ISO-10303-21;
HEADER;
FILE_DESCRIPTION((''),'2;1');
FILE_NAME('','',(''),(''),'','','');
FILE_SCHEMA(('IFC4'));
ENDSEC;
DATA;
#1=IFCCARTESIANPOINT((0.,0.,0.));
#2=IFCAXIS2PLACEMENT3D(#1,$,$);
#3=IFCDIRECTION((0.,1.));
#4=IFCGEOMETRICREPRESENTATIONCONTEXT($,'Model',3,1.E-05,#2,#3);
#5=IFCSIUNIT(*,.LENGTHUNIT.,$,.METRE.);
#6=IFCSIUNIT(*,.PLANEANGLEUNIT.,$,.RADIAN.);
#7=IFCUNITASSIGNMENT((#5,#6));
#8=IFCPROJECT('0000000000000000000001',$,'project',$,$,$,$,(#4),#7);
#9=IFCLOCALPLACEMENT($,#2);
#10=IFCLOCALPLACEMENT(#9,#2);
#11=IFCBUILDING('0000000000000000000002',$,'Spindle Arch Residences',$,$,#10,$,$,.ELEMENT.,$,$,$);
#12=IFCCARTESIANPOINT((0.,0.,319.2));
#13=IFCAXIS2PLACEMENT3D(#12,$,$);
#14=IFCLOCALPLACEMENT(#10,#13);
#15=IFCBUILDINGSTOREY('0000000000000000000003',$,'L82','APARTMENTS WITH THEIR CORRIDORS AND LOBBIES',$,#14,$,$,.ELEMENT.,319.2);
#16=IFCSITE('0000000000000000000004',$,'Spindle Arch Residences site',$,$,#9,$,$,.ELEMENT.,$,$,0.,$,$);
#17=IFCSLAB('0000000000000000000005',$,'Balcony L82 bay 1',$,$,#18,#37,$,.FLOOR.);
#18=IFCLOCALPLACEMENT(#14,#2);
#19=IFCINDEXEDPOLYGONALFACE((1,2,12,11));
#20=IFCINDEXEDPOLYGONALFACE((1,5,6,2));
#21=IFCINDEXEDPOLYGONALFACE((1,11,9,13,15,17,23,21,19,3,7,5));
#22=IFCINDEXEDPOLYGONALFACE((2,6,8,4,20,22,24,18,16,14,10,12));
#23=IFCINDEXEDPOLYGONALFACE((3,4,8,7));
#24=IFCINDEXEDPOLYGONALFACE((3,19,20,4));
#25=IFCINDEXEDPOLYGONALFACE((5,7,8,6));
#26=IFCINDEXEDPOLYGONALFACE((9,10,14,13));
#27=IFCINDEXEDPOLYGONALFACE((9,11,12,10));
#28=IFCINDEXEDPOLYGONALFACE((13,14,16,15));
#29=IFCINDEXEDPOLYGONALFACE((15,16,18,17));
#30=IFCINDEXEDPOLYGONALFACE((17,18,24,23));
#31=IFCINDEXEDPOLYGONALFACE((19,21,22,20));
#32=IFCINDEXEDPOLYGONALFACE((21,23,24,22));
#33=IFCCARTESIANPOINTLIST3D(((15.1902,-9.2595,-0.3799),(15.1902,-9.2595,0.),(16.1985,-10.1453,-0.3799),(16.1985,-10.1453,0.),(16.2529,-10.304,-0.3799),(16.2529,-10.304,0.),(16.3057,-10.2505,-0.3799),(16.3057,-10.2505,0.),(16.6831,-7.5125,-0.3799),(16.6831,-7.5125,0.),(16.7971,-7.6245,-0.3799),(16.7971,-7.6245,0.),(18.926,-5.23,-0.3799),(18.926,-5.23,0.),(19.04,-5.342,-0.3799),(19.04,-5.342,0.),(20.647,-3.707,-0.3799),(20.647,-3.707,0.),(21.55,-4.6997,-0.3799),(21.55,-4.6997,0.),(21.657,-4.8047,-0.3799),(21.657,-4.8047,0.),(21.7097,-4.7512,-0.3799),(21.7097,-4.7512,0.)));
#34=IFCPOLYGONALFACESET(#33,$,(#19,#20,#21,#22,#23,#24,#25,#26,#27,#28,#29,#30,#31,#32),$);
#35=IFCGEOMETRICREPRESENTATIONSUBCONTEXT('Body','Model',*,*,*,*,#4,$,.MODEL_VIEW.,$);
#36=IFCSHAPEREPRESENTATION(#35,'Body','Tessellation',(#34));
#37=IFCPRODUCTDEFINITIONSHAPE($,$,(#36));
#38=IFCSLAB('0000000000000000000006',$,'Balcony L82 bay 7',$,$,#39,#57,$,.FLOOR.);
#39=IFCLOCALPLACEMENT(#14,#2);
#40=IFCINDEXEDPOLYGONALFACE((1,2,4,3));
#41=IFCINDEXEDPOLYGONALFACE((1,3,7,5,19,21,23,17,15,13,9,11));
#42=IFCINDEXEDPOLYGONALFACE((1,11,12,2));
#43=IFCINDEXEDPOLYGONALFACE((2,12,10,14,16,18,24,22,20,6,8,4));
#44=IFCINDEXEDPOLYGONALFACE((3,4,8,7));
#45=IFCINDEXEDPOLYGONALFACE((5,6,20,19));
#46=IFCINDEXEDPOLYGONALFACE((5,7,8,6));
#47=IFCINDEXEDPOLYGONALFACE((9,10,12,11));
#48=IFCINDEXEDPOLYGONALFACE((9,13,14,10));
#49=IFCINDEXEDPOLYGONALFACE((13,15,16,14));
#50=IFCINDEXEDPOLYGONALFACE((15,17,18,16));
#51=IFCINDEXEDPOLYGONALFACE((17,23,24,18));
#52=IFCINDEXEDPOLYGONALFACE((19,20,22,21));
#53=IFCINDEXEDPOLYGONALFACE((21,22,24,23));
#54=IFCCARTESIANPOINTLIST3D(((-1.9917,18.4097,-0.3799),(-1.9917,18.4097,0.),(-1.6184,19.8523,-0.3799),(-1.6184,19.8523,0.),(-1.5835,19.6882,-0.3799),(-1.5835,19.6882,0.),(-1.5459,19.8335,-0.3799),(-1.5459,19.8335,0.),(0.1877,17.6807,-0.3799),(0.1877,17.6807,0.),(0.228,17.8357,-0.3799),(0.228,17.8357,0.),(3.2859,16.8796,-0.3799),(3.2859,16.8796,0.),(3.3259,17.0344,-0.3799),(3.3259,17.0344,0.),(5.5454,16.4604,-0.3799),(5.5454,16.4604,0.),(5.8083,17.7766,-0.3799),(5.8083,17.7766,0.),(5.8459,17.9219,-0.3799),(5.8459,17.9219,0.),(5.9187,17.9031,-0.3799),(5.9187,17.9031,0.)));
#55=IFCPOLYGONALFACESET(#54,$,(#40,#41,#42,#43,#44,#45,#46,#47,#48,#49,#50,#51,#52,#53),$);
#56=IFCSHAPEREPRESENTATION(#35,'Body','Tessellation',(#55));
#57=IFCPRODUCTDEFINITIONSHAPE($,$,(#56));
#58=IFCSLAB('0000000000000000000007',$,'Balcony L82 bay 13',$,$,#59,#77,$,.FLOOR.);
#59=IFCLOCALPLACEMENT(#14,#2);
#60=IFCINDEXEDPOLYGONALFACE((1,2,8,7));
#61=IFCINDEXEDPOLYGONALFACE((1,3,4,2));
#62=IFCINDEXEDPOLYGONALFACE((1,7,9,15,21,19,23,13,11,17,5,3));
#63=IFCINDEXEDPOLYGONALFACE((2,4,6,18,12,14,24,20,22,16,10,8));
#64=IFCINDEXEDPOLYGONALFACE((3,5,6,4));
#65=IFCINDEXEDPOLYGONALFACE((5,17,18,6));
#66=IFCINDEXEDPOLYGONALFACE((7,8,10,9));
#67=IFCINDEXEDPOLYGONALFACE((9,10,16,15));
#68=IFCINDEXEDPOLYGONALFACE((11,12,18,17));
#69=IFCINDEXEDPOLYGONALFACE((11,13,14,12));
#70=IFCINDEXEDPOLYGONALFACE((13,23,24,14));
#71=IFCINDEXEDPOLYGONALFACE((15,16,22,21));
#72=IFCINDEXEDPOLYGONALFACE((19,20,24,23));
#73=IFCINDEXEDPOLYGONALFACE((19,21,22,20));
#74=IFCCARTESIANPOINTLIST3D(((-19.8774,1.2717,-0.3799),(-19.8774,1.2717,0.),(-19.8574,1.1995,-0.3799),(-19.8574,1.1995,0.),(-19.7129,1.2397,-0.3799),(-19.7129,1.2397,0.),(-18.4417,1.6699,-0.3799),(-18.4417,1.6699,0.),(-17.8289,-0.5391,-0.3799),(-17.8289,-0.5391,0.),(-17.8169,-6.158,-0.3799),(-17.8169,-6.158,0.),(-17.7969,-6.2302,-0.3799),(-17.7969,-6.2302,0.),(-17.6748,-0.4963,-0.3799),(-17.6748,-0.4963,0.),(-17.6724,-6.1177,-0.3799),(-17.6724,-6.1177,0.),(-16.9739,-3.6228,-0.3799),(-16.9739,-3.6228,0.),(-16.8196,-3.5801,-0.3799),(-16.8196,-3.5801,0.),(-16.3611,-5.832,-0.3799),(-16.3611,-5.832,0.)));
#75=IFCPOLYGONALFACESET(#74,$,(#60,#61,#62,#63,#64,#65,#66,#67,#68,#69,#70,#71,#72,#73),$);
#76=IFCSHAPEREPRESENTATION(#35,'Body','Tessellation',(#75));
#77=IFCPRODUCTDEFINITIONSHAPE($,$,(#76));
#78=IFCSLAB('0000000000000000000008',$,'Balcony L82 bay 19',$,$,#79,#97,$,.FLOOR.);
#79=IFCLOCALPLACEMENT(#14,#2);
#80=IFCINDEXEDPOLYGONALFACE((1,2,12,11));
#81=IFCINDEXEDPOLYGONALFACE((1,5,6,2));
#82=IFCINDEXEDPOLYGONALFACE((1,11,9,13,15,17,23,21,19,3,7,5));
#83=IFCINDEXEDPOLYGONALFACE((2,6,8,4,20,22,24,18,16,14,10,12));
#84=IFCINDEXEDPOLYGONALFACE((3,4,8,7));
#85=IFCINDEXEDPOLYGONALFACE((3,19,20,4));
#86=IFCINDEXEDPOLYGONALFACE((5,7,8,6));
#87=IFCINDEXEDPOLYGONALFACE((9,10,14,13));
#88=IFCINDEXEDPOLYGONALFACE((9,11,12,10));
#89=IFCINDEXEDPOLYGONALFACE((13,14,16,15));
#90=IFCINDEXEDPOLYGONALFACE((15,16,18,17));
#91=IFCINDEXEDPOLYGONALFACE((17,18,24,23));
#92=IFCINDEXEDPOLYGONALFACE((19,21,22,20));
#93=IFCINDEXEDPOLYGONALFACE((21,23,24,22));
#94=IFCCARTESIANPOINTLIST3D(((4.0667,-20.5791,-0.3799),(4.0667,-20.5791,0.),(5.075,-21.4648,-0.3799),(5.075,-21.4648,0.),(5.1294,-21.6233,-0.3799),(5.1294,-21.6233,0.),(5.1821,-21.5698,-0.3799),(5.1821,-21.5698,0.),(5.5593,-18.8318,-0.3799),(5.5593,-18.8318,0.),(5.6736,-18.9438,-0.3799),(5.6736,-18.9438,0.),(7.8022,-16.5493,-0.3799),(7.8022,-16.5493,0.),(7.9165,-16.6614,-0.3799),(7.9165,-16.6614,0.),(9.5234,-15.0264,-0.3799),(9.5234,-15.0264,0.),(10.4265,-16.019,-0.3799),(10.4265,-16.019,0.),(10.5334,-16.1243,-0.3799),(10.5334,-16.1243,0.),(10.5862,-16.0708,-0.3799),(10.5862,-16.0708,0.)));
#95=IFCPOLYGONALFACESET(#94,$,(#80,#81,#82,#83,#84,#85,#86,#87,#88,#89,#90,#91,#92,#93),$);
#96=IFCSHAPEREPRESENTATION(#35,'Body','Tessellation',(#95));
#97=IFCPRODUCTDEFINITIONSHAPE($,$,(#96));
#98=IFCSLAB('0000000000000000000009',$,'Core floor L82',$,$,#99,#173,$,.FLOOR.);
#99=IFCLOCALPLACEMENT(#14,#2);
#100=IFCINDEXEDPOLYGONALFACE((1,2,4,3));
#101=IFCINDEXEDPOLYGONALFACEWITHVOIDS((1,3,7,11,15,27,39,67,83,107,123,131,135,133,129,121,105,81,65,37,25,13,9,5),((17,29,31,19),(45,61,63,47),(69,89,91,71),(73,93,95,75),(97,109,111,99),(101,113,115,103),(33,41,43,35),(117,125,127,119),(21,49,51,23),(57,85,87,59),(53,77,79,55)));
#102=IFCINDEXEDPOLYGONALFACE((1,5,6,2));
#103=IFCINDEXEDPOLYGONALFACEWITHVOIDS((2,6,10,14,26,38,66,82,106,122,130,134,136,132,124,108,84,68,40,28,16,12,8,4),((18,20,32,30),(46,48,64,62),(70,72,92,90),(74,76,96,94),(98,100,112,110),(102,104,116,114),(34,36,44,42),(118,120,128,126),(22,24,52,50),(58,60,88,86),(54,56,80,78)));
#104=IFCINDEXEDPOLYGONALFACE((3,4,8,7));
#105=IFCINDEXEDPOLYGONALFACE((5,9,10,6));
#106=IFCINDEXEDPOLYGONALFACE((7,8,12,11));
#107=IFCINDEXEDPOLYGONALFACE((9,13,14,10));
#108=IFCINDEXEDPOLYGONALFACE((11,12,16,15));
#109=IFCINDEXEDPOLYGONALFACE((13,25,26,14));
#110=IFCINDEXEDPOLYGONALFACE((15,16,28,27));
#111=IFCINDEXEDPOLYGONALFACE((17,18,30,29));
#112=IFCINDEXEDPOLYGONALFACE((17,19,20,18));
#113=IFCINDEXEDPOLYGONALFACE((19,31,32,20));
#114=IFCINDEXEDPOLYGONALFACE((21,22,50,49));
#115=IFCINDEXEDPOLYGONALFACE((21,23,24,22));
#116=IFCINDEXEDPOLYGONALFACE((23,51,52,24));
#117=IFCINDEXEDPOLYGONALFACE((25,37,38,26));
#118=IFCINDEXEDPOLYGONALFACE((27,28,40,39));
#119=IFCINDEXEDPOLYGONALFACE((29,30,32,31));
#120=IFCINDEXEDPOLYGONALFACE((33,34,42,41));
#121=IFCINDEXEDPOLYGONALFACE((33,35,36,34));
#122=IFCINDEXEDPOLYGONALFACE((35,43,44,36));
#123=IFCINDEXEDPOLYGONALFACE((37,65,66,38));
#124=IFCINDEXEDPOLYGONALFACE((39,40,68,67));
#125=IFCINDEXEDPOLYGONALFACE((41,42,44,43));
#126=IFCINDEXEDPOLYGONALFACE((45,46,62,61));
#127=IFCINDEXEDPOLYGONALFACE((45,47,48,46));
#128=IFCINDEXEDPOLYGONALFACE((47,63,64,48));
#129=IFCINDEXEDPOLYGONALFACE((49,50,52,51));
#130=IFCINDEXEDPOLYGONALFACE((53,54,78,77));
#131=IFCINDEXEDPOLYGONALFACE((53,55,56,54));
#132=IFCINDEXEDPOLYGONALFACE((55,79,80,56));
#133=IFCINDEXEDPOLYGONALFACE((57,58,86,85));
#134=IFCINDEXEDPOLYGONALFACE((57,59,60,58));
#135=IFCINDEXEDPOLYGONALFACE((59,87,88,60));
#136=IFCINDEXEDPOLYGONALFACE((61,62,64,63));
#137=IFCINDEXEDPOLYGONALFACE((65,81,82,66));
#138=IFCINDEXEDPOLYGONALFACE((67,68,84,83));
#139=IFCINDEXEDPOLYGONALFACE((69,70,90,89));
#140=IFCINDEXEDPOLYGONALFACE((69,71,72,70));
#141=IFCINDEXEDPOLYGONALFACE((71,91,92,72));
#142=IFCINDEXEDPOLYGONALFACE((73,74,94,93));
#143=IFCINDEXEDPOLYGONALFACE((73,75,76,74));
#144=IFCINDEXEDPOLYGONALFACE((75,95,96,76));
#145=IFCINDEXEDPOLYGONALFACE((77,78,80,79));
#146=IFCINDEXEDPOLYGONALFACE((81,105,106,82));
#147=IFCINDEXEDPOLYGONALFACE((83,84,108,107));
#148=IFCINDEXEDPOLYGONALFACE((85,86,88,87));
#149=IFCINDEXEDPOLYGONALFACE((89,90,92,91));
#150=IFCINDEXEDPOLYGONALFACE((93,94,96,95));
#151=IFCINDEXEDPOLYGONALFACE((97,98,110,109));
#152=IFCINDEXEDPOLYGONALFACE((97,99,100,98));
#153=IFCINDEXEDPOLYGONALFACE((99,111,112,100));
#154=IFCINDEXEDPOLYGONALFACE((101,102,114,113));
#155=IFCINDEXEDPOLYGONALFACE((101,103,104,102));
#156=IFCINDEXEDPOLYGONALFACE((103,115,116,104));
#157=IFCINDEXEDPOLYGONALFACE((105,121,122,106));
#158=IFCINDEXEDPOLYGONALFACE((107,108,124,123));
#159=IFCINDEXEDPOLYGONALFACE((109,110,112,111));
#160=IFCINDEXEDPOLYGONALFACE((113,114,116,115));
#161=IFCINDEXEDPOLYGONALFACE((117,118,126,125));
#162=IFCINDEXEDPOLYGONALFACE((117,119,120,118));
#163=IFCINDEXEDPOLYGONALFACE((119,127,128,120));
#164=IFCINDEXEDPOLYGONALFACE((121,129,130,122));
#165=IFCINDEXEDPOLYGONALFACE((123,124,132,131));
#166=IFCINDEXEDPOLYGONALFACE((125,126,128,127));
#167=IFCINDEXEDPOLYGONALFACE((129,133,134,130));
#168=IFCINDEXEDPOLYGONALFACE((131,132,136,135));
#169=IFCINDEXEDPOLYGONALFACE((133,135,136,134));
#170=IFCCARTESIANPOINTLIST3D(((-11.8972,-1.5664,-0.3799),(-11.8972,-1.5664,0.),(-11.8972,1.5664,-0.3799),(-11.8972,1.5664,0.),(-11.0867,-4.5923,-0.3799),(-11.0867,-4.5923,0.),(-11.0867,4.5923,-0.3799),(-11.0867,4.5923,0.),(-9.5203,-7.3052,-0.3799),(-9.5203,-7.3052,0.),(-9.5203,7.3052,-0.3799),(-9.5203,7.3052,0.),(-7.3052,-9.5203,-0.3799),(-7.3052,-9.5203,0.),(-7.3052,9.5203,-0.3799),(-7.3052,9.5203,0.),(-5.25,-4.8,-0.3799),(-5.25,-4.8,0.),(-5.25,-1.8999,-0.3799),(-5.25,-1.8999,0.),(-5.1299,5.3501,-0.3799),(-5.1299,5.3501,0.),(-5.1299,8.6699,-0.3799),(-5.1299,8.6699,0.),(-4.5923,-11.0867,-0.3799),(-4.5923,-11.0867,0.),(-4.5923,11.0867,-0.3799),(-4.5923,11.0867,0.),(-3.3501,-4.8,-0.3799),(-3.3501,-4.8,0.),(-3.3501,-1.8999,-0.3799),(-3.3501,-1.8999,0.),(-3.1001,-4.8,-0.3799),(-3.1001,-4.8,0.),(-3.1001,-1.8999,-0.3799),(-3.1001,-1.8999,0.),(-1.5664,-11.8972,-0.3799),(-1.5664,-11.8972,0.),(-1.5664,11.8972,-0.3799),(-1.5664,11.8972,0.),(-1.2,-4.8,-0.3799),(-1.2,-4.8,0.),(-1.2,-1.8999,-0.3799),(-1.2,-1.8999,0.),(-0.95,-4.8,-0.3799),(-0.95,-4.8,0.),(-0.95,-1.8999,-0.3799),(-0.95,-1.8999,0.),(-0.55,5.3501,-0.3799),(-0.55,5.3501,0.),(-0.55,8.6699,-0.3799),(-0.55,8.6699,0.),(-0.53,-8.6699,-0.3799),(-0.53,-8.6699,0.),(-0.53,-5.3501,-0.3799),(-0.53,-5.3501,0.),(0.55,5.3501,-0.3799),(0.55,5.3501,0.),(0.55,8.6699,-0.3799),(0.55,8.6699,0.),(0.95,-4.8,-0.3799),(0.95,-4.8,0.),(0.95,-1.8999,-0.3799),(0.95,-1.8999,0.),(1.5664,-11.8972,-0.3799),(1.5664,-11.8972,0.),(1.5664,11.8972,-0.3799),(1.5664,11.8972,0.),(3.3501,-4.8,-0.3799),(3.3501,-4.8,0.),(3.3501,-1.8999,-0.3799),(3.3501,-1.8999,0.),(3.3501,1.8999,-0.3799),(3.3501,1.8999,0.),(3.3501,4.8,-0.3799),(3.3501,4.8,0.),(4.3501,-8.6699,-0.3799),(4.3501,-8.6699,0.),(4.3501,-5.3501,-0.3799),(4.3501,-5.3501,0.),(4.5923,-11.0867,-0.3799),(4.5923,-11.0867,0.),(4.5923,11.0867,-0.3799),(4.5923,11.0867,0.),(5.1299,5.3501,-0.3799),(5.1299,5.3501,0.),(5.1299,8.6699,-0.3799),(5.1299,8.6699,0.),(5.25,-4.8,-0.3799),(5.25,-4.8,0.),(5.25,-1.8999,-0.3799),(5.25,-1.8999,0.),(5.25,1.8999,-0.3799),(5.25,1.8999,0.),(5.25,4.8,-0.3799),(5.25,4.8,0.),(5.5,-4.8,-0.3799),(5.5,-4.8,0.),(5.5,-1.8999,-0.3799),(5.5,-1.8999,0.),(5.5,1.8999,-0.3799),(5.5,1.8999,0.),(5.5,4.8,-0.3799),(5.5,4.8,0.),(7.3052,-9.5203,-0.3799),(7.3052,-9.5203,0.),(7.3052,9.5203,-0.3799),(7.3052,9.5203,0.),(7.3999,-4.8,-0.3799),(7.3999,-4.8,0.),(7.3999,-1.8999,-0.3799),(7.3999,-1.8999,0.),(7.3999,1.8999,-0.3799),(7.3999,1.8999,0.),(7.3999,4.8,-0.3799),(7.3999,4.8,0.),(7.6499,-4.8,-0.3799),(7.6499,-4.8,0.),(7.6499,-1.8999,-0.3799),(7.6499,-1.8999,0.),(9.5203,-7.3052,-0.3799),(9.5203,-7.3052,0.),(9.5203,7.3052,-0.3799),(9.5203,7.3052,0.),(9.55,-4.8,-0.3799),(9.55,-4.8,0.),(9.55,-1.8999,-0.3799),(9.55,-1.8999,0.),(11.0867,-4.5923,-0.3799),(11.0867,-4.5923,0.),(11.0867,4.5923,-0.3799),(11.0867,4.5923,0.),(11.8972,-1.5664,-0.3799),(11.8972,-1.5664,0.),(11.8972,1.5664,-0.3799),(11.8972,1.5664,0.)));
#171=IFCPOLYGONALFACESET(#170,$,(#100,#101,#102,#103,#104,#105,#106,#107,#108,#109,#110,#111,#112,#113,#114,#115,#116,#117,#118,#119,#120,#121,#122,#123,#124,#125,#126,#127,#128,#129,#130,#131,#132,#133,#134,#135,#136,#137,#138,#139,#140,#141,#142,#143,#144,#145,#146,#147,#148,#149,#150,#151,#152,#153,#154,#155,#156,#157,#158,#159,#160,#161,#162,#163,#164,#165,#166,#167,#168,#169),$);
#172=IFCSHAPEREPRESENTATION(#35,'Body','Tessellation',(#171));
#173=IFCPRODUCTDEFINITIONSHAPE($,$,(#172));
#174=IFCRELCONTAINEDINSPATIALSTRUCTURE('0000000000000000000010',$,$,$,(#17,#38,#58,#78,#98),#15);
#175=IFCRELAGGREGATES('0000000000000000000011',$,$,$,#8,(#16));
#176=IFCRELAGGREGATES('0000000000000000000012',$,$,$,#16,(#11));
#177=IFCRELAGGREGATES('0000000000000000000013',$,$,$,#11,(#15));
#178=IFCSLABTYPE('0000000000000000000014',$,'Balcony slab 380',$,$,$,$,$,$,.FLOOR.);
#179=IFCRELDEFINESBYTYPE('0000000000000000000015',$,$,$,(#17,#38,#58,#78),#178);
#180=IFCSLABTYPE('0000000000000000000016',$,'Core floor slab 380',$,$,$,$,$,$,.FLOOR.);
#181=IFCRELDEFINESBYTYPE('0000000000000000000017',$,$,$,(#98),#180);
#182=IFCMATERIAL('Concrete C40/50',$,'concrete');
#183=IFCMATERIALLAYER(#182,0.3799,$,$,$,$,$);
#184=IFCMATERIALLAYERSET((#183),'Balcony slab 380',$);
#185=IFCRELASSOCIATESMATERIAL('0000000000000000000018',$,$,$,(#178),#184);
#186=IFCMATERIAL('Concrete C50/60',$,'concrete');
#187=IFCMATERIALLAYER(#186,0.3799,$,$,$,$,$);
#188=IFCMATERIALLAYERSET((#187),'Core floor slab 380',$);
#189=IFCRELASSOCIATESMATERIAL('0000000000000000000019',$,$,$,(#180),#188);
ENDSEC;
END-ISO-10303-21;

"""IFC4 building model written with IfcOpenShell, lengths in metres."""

from ifc_helpers import new_model, si_unit, direction, frame, origin, place, context, subcontext, project, spatial, polyline, outline, extrude, material, layer, layer_set, type_object, element, save


model = new_model("IFC4")

# Units and contexts
model_context = context("Model", 3, precision=1e-05, world=origin(), true_north=direction((0.0, 1.0)))
body_context = subcontext(model_context, "Body", "Model", "MODEL_VIEW")
ifc_project = project(units=[si_unit("LENGTHUNIT", "METRE"), si_unit("PLANEANGLEUNIT", "RADIAN")], contexts=[model_context])

# Site, building, storey
site_placement = place(None, origin())
site = spatial("IfcSite", under=ifc_project, at=site_placement, Name="Spindle Arch Residences site", CompositionType="ELEMENT", RefElevation=0.0)
building_placement = place(site_placement, origin())
building = spatial("IfcBuilding", under=site, at=building_placement, Name="Spindle Arch Residences", CompositionType="ELEMENT")
storey_placement = place(building_placement, frame((0.0, 0.0, 319.2)))
storey = spatial("IfcBuildingStorey", under=building, at=storey_placement, Name="L82", Description="APARTMENTS WITH THEIR CORRIDORS AND LOBBIES", CompositionType="ELEMENT", Elevation=319.2)

# Slabs
ifc_material_1 = material(Name="Concrete C40/50", Category="concrete")
ifc_layer_1 = layer(ifc_material_1, 0.3799)
ifc_layer_set_1 = layer_set([ifc_layer_1], Name="Balcony slab 380")
slab_type_1 = type_object("IfcSlabType", Name="Balcony slab 380", PredefinedType="FLOOR", material=ifc_layer_set_1)
slab_1_placement = place(storey_placement, frame((0.0, 0.0, -0.3799)))
element("IfcSlab", 1, at=slab_1_placement, inside=storey, type_object=slab_type_1, Name="Balcony L82 bay 1", PredefinedType="FLOOR", context=body_context, shape_type="SweptSolid", body=[
    extrude(outline(polyline([(16.2529, -10.304), (16.3057, -10.2505), (16.1985, -10.1453), (21.55, -4.6997), (21.657, -4.8047), (21.7097, -4.7512), (20.647, -3.707), (19.04, -5.342), (18.926, -5.23), (16.6831, -7.5125), (16.7971, -7.6245), (15.1902, -9.2595), (16.2529, -10.304)])), origin(), (0.0, 0.0, 1.0), 0.3799),
])
slab_2_placement = place(storey_placement, frame((0.0, 0.0, -0.3799)))
element("IfcSlab", 2, at=slab_2_placement, inside=storey, type_object=slab_type_1, Name="Balcony L82 bay 7", PredefinedType="FLOOR", context=body_context, shape_type="SweptSolid", body=[
    extrude(outline(polyline([(5.9187, 17.9031), (5.8459, 17.9219), (5.8083, 17.7766), (-1.5835, 19.6882), (-1.5459, 19.8335), (-1.6184, 19.8523), (-1.9917, 18.4097), (0.228, 17.8357), (0.1877, 17.6807), (3.2859, 16.8796), (3.3259, 17.0344), (5.5454, 16.4604), (5.9187, 17.9031)])), origin(), (0.0, 0.0, 1.0), 0.3799),
])
slab_3_placement = place(storey_placement, frame((0.0, 0.0, -0.3799)))
element("IfcSlab", 3, at=slab_3_placement, inside=storey, type_object=slab_type_1, Name="Balcony L82 bay 13", PredefinedType="FLOOR", context=body_context, shape_type="SweptSolid", body=[
    extrude(outline(polyline([(-19.8774, 1.2717), (-19.8574, 1.1995), (-19.7129, 1.2397), (-17.6724, -6.1177), (-17.8169, -6.158), (-17.7969, -6.2302), (-16.3611, -5.832), (-16.9739, -3.6228), (-16.8196, -3.5801), (-17.6748, -0.4963), (-17.8289, -0.5391), (-18.4417, 1.6699), (-19.8774, 1.2717)])), origin(), (0.0, 0.0, 1.0), 0.3799),
])
slab_4_placement = place(storey_placement, frame((0.0, 0.0, -0.3799)))
element("IfcSlab", 4, at=slab_4_placement, inside=storey, type_object=slab_type_1, Name="Balcony L82 bay 19", PredefinedType="FLOOR", context=body_context, shape_type="SweptSolid", body=[
    extrude(outline(polyline([(5.1294, -21.6233), (5.1821, -21.5698), (5.075, -21.4648), (10.4265, -16.019), (10.5334, -16.1243), (10.5862, -16.0708), (9.5234, -15.0264), (7.9165, -16.6614), (7.8022, -16.5493), (5.5593, -18.8318), (5.6736, -18.9438), (4.0667, -20.5791), (5.1294, -21.6233)])), origin(), (0.0, 0.0, 1.0), 0.3799),
])
ifc_material_2 = material(Name="Concrete C50/60", Category="concrete")
ifc_layer_2 = layer(ifc_material_2, 0.3799)
ifc_layer_set_2 = layer_set([ifc_layer_2], Name="Core floor slab 380")
slab_type_2 = type_object("IfcSlabType", Name="Core floor slab 380", PredefinedType="FLOOR", material=ifc_layer_set_2)
slab_5_placement = place(storey_placement, frame((0.0, 0.0, -0.3799)))
element("IfcSlab", 5, at=slab_5_placement, inside=storey, type_object=slab_type_2, Name="Core floor L82", PredefinedType="FLOOR", context=body_context, shape_type="SweptSolid", body=[
    extrude(outline(polyline([(1.5664, -11.8972), (4.5923, -11.0867), (7.3052, -9.5203), (9.5203, -7.3052), (11.0867, -4.5923), (11.8972, -1.5664), (11.8972, 1.5664), (11.0867, 4.5923), (9.5203, 7.3052), (7.3052, 9.5203), (4.5923, 11.0867), (1.5664, 11.8972), (-1.5664, 11.8972), (-4.5923, 11.0867), (-7.3052, 9.5203), (-9.5203, 7.3052), (-11.0867, 4.5923), (-11.8972, 1.5664), (-11.8972, -1.5664), (-11.0867, -4.5923), (-9.5203, -7.3052), (-7.3052, -9.5203), (-4.5923, -11.0867), (-1.5664, -11.8972), (1.5664, -11.8972)]), holes=[polyline([(3.3501, 1.8999), (5.25, 1.8999), (5.25, 4.8), (3.3501, 4.8), (3.3501, 1.8999)]), polyline([(5.5, 1.8999), (7.3999, 1.8999), (7.3999, 4.8), (5.5, 4.8), (5.5, 1.8999)]), polyline([(-5.25, -4.8), (-3.3501, -4.8), (-3.3501, -1.8999), (-5.25, -1.8999), (-5.25, -4.8)]), polyline([(-3.1001, -4.8), (-1.2, -4.8), (-1.2, -1.8999), (-3.1001, -1.8999), (-3.1001, -4.8)]), polyline([(-0.95, -4.8), (0.95, -4.8), (0.95, -1.8999), (-0.95, -1.8999), (-0.95, -4.8)]), polyline([(3.3501, -4.8), (5.25, -4.8), (5.25, -1.8999), (3.3501, -1.8999), (3.3501, -4.8)]), polyline([(5.5, -4.8), (7.3999, -4.8), (7.3999, -1.8999), (5.5, -1.8999), (5.5, -4.8)]), polyline([(7.6499, -4.8), (9.55, -4.8), (9.55, -1.8999), (7.6499, -1.8999), (7.6499, -4.8)]), polyline([(5.1299, 8.6699), (0.55, 8.6699), (0.55, 5.3501), (5.1299, 5.3501), (5.1299, 8.6699)]), polyline([(-5.1299, 5.3501), (-0.55, 5.3501), (-0.55, 8.6699), (-5.1299, 8.6699), (-5.1299, 5.3501)]), polyline([(-0.53, -8.6699), (4.3501, -8.6699), (4.3501, -5.3501), (-0.53, -5.3501), (-0.53, -8.6699)])]), origin(), (0.0, 0.0, 1.0), 0.3799),
])

save(model, "model.ifc")
